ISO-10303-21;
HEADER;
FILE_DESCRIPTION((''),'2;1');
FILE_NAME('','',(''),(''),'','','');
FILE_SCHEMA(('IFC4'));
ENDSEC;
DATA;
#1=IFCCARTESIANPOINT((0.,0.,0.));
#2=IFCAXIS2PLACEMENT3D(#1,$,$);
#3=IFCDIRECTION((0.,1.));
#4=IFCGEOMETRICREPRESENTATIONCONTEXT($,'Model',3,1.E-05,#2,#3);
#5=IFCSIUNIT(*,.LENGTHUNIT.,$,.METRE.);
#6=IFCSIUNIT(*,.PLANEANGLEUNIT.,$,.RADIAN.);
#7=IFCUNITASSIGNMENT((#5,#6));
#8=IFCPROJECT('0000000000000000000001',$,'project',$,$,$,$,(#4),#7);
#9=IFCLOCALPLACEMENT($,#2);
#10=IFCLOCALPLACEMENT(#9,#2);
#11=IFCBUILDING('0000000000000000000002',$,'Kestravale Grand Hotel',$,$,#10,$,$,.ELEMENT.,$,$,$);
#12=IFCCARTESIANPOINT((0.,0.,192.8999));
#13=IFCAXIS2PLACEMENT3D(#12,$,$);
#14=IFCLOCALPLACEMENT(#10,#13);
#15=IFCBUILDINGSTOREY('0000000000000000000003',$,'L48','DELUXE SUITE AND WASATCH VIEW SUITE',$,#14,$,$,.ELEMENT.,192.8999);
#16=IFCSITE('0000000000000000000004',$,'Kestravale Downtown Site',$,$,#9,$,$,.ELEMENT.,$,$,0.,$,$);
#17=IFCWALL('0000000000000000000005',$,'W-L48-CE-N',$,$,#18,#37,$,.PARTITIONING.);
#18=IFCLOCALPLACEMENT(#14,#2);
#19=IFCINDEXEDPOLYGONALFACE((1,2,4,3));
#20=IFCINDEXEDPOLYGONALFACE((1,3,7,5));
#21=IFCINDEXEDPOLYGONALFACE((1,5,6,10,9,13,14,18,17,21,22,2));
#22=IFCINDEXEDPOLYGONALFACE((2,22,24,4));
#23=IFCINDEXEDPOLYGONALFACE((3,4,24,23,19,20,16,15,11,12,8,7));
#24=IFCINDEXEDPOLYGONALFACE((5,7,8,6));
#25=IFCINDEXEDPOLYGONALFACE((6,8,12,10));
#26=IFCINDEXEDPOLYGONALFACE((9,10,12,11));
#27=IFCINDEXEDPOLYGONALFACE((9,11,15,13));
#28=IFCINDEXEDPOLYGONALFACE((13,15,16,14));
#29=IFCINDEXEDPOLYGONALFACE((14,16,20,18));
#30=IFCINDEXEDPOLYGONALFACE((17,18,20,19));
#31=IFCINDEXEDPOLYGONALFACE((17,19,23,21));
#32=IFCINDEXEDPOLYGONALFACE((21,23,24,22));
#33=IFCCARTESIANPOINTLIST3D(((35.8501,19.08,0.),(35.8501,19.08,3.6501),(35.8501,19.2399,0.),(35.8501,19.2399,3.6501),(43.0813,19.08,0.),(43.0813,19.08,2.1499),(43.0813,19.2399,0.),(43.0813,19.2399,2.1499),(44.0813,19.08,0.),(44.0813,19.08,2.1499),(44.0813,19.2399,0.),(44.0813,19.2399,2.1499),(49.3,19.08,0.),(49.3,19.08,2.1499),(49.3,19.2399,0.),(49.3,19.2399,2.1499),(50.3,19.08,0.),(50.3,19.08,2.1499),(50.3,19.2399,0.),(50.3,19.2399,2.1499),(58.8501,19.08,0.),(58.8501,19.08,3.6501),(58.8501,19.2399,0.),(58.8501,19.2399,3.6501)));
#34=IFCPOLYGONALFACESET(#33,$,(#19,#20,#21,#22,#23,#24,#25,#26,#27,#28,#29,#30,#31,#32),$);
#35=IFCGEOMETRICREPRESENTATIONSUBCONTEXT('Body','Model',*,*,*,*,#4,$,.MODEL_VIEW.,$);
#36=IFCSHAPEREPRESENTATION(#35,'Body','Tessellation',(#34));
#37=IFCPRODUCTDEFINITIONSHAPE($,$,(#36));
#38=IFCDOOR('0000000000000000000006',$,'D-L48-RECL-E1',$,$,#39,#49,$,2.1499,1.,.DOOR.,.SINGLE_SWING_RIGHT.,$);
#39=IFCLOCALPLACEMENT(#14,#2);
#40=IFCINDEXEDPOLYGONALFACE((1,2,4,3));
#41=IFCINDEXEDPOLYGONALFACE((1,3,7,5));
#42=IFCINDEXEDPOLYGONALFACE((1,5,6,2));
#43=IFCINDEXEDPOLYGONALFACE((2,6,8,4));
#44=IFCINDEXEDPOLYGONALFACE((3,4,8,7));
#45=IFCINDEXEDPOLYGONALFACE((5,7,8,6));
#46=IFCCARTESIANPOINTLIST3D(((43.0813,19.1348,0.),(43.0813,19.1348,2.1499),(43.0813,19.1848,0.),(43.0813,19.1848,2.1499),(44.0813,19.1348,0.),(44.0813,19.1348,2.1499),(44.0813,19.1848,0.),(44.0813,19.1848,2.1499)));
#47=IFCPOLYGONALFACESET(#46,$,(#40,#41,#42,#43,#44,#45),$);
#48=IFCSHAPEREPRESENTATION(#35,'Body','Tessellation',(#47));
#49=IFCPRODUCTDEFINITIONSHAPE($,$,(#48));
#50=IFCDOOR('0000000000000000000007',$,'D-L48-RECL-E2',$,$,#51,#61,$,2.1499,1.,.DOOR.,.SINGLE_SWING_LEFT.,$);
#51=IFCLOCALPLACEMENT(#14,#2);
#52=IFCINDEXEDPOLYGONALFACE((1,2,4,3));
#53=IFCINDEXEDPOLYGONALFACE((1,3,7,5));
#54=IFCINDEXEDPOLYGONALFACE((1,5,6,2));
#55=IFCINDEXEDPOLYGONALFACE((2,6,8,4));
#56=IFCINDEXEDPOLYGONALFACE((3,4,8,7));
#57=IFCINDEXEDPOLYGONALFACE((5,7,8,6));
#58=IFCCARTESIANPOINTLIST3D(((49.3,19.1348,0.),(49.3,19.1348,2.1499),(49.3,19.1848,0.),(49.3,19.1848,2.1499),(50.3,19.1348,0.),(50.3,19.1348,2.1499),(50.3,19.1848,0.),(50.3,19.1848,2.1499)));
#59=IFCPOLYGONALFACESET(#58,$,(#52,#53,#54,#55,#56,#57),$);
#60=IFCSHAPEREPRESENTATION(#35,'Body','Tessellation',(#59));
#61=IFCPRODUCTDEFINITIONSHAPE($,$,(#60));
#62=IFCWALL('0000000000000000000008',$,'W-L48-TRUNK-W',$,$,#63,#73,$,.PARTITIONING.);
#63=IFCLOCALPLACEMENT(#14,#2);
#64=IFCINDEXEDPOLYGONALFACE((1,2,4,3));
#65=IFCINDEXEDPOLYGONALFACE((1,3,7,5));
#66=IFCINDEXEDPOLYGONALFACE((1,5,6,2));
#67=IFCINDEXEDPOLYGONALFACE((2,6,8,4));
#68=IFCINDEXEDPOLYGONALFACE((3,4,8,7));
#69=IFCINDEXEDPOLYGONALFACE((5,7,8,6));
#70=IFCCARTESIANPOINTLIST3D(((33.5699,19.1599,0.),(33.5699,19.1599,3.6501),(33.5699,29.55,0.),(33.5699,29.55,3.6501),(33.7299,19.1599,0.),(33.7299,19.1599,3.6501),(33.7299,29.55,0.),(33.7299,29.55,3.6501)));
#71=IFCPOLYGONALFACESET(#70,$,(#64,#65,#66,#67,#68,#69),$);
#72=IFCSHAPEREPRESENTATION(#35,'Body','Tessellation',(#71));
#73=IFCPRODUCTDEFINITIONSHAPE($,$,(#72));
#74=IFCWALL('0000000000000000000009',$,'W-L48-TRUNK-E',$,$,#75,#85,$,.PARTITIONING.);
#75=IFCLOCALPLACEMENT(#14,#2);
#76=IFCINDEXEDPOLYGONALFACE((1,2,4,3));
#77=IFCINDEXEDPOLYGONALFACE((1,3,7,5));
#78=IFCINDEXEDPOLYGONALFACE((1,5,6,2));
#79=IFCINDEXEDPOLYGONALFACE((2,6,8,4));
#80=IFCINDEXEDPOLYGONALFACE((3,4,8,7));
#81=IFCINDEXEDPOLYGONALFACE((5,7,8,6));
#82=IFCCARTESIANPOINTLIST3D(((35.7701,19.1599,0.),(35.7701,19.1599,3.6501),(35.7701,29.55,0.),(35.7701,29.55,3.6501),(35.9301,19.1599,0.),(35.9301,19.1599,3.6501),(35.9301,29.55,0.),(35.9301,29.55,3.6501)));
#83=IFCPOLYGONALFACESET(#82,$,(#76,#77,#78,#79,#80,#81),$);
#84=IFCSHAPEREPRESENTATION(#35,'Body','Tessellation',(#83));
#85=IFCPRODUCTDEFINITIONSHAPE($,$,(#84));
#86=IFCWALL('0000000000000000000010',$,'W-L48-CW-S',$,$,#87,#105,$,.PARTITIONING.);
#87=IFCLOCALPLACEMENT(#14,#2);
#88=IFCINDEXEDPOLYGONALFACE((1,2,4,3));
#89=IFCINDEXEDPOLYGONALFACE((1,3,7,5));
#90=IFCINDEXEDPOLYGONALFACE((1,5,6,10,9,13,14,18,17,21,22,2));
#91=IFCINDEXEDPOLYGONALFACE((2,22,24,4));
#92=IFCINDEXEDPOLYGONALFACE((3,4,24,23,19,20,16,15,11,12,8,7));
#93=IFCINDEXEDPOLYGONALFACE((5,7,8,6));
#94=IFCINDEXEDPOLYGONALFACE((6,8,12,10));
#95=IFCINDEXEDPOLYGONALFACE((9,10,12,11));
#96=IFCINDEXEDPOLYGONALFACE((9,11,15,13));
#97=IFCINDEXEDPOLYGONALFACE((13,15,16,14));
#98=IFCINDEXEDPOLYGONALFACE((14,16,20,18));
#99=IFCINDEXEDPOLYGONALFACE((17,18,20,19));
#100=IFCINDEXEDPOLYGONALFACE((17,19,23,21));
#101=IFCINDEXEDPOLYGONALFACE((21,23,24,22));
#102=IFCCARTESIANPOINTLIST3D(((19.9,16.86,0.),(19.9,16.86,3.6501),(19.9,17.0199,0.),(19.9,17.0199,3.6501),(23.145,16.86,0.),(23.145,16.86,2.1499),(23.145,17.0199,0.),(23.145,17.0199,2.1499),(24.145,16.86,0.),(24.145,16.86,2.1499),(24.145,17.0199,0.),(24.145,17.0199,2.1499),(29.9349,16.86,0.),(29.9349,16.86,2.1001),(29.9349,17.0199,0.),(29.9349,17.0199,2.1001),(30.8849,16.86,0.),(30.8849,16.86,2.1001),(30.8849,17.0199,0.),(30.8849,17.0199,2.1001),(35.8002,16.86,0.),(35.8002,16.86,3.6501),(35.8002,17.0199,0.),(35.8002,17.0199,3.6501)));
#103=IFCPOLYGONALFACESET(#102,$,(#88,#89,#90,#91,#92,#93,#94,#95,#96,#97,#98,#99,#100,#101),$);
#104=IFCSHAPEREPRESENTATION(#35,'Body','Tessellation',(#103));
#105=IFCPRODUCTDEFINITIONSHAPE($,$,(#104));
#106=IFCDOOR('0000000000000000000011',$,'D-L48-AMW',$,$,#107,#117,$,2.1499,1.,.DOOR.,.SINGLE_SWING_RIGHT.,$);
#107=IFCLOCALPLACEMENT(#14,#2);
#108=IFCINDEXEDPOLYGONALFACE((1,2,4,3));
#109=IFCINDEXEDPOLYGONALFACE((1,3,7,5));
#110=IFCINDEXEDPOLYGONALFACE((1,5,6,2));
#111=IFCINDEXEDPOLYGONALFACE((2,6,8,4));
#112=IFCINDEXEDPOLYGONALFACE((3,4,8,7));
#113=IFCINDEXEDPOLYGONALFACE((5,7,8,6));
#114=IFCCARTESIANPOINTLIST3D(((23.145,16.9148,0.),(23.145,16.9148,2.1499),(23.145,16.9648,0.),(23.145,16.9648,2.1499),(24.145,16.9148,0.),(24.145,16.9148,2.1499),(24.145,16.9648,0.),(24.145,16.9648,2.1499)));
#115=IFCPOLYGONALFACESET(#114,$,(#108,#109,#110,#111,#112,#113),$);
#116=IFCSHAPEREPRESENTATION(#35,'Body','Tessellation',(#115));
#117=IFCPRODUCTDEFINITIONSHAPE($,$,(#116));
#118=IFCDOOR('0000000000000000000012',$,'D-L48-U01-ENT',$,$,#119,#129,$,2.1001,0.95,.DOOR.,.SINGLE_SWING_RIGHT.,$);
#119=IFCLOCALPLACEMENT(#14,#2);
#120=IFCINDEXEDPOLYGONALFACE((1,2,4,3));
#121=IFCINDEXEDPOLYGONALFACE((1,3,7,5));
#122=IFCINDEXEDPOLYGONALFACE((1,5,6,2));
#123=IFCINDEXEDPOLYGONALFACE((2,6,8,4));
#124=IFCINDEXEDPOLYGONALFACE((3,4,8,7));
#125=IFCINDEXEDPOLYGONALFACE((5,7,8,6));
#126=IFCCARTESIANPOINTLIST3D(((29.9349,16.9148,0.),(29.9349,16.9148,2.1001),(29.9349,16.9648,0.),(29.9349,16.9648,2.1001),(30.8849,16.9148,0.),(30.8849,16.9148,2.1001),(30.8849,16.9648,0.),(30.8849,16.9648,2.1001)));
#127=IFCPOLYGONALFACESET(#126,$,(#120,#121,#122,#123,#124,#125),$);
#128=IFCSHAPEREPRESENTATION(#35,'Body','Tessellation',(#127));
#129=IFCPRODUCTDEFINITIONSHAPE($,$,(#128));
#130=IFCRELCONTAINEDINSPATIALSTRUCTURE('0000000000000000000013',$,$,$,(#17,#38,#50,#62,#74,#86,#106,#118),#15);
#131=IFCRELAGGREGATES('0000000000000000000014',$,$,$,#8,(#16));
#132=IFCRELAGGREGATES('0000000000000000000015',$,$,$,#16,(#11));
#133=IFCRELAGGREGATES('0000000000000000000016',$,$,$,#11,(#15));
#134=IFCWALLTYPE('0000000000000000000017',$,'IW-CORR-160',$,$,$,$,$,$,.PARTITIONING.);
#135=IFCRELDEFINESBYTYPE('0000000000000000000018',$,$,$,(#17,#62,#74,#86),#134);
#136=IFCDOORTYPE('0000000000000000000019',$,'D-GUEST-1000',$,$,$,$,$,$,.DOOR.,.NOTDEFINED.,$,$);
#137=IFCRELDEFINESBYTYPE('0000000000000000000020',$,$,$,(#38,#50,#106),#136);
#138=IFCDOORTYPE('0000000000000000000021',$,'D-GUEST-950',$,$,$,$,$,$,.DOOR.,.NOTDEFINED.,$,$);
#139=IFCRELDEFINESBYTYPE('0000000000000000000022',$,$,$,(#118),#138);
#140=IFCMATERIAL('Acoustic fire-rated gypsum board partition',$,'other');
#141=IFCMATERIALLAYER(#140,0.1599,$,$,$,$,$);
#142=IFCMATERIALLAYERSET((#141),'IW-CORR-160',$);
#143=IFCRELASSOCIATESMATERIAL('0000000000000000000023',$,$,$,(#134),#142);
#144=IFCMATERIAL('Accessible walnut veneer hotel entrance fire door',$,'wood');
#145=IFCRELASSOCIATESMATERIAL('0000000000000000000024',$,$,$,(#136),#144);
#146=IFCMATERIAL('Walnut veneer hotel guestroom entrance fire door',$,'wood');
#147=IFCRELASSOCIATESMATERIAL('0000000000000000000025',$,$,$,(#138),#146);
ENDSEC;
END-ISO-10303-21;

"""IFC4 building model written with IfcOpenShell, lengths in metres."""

from ifc_helpers import new_model, si_unit, direction, frame, frame_2d, origin, place, context, subcontext, project, spatial, rectangle, extrude, material, layer, layer_set, type_object, element, fill, save


model = new_model("IFC4")

# Units and contexts
model_context = context("Model", 3, precision=1e-05, world=origin(), true_north=direction((0.0, 1.0)))
body_context = subcontext(model_context, "Body", "Model", "MODEL_VIEW")
ifc_project = project(units=[si_unit("LENGTHUNIT", "METRE"), si_unit("PLANEANGLEUNIT", "RADIAN")], contexts=[model_context])

# Site, building, storey
site_placement = place(None, origin())
site = spatial("IfcSite", under=ifc_project, at=site_placement, Name="Kestravale Downtown Site", CompositionType="ELEMENT", RefElevation=0.0)
building_placement = place(site_placement, origin())
building = spatial("IfcBuilding", under=site, at=building_placement, Name="Kestravale Grand Hotel", CompositionType="ELEMENT")
storey_placement = place(building_placement, frame((0.0, 0.0, 192.8999)))
storey = spatial("IfcBuildingStorey", under=building, at=storey_placement, Name="L48", Description="DELUXE SUITE AND WASATCH VIEW SUITE", CompositionType="ELEMENT", Elevation=192.8999)

# Wall, openings, doors
ifc_material_1 = material(Name="Acoustic fire-rated gypsum board partition", Category="other")
ifc_layer_1 = layer(ifc_material_1, 0.1599)
ifc_layer_set_1 = layer_set([ifc_layer_1], Name="IW-CORR-160")
wall_type_1 = type_object("IfcWallType", Name="IW-CORR-160", PredefinedType="PARTITIONING", material=ifc_layer_set_1)
ifc_material_2 = material(Name="Accessible walnut veneer hotel entrance fire door", Category="wood")
door_type_1 = type_object("IfcDoorType", Name="D-GUEST-1000", OperationType="NOTDEFINED", PredefinedType="DOOR", material=ifc_material_2)
wall_1_placement = place(storey_placement, frame((35.8501, 19.1599, 0.0), z_axis=(0.0, 0.0, 1.0), x_axis=(1.0, 0.0, 0.0)))
wall_1 = element("IfcWall", 1, at=wall_1_placement, inside=storey, type_object=wall_type_1, Name="W-L48-CE-N", PredefinedType="PARTITIONING", context=body_context, shape_type="SweptSolid", body=[
    extrude(rectangle(XDim=23.0, YDim=0.1599, at=frame_2d((11.5, 0.0))), origin(), (0.0, 0.0, 1.0), 3.6501),
])
opening_1_placement = place(wall_1_placement, frame((7.2312, 0.0, 0.0)))
opening_1 = element("IfcOpeningElement", 2, at=opening_1_placement, cuts=wall_1, PredefinedType="OPENING", context=body_context, shape_type="SweptSolid", body=[
    extrude(rectangle(XDim=1.0, YDim=2.1499, at=frame_2d((0.5, 1.075))), frame((0.0, 0.0898, 0.0), z_axis=(0.0, -1.0, 0.0), x_axis=(1.0, 0.0, 0.0)), (0.0, 0.0, 1.0), 0.1799),
])
opening_2_placement = place(wall_1_placement, frame((13.45, 0.0, 0.0)))
opening_2 = element("IfcOpeningElement", 3, at=opening_2_placement, cuts=wall_1, PredefinedType="OPENING", context=body_context, shape_type="SweptSolid", body=[
    extrude(rectangle(XDim=1.0, YDim=2.1499, at=frame_2d((0.5, 1.075))), frame((0.0, 0.0898, 0.0), z_axis=(0.0, -1.0, 0.0), x_axis=(1.0, 0.0, 0.0)), (0.0, 0.0, 1.0), 0.1799),
])
door_1_placement = place(opening_1_placement, origin())
door_1 = element("IfcDoor", 4, at=door_1_placement, inside=storey, type_object=door_type_1, Name="D-L48-RECL-E1", OperationType="SINGLE_SWING_RIGHT", OverallHeight=2.1499, OverallWidth=1.0, PredefinedType="DOOR", context=body_context, shape_type="SweptSolid", body=[
    extrude(rectangle(XDim=1.0, YDim=2.1499, at=frame_2d((0.5, 1.075))), frame((0.0, 0.0249, 0.0), z_axis=(0.0, -1.0, 0.0), x_axis=(1.0, 0.0, 0.0)), (0.0, 0.0, 1.0), 0.05),
])
fill(opening_1, door_1)
door_2_placement = place(opening_2_placement, origin())
door_2 = element("IfcDoor", 5, at=door_2_placement, inside=storey, type_object=door_type_1, Name="D-L48-RECL-E2", OperationType="SINGLE_SWING_LEFT", OverallHeight=2.1499, OverallWidth=1.0, PredefinedType="DOOR", context=body_context, shape_type="SweptSolid", body=[
    extrude(rectangle(XDim=1.0, YDim=2.1499, at=frame_2d((0.5, 1.075))), frame((0.0, 0.0249, 0.0), z_axis=(0.0, -1.0, 0.0), x_axis=(1.0, 0.0, 0.0)), (0.0, 0.0, 1.0), 0.05),
])
fill(opening_2, door_2)

# Walls
for number, where, z_axis, x_axis, name in (
    (6, (33.6499, 19.1599, 0.0), (0.0, 0.0, 1.0), (0.0, 1.0, 0.0), "W-L48-TRUNK-W"),
    (7, (35.8501, 19.1599, 0.0), (0.0, 0.0, 1.0), (0.0, 1.0, 0.0), "W-L48-TRUNK-E"),
):
    element("IfcWall", number, at=place(storey_placement, frame(where, z_axis=z_axis, x_axis=x_axis)), inside=storey, type_object=wall_type_1, Name=name, PredefinedType="PARTITIONING", context=body_context, shape_type="SweptSolid", body=[
        extrude(rectangle(XDim=10.3901, YDim=0.1599, at=frame_2d((5.1951, 0.0))), origin(), (0.0, 0.0, 1.0), 3.6501),
    ])

# Wall, openings, doors
wall_2_placement = place(storey_placement, frame((19.8999, 16.9399, 0.0), z_axis=(0.0, 0.0, 1.0), x_axis=(1.0, 0.0, 0.0)))
wall_2 = element("IfcWall", 8, at=wall_2_placement, inside=storey, type_object=wall_type_1, Name="W-L48-CW-S", PredefinedType="PARTITIONING", context=body_context, shape_type="SweptSolid", body=[
    extrude(rectangle(XDim=15.9001, YDim=0.1599, at=frame_2d((7.9502, 0.0))), origin(), (0.0, 0.0, 1.0), 3.6501),
])
opening_3_placement = place(wall_2_placement, frame((3.2451, 0.0, 0.0)))
opening_3 = element("IfcOpeningElement", 9, at=opening_3_placement, cuts=wall_2, PredefinedType="OPENING", context=body_context, shape_type="SweptSolid", body=[
    extrude(rectangle(XDim=1.0, YDim=2.1499, at=frame_2d((0.5, 1.075))), frame((0.0, 0.0898, 0.0), z_axis=(0.0, -1.0, 0.0), x_axis=(1.0, 0.0, 0.0)), (0.0, 0.0, 1.0), 0.1799),
])
opening_4_placement = place(wall_2_placement, frame((10.0349, 0.0, 0.0)))
opening_4 = element("IfcOpeningElement", 10, at=opening_4_placement, cuts=wall_2, PredefinedType="OPENING", context=body_context, shape_type="SweptSolid", body=[
    extrude(rectangle(XDim=0.95, YDim=2.1001, at=frame_2d((0.4751, 1.05))), frame((0.0, 0.0898, 0.0), z_axis=(0.0, -1.0, 0.0), x_axis=(1.0, 0.0, 0.0)), (0.0, 0.0, 1.0), 0.1799),
])
door_3_placement = place(opening_3_placement, origin())
door_3 = element("IfcDoor", 11, at=door_3_placement, inside=storey, type_object=door_type_1, Name="D-L48-AMW", OperationType="SINGLE_SWING_RIGHT", OverallHeight=2.1499, OverallWidth=1.0, PredefinedType="DOOR", context=body_context, shape_type="SweptSolid", body=[
    extrude(rectangle(XDim=1.0, YDim=2.1499, at=frame_2d((0.5, 1.075))), frame((0.0, 0.0249, 0.0), z_axis=(0.0, -1.0, 0.0), x_axis=(1.0, 0.0, 0.0)), (0.0, 0.0, 1.0), 0.05),
])
fill(opening_3, door_3)
ifc_material_3 = material(Name="Walnut veneer hotel guestroom entrance fire door", Category="wood")
door_type_2 = type_object("IfcDoorType", Name="D-GUEST-950", OperationType="NOTDEFINED", PredefinedType="DOOR", material=ifc_material_3)
door_4_placement = place(opening_4_placement, origin())
door_4 = element("IfcDoor", 12, at=door_4_placement, inside=storey, type_object=door_type_2, Name="D-L48-U01-ENT", OperationType="SINGLE_SWING_RIGHT", OverallHeight=2.1001, OverallWidth=0.95, PredefinedType="DOOR", context=body_context, shape_type="SweptSolid", body=[
    extrude(rectangle(XDim=0.95, YDim=2.1001, at=frame_2d((0.4751, 1.05))), frame((0.0, 0.0249, 0.0), z_axis=(0.0, -1.0, 0.0), x_axis=(1.0, 0.0, 0.0)), (0.0, 0.0, 1.0), 0.05),
])
fill(opening_4, door_4)

save(model, "model.ifc")
